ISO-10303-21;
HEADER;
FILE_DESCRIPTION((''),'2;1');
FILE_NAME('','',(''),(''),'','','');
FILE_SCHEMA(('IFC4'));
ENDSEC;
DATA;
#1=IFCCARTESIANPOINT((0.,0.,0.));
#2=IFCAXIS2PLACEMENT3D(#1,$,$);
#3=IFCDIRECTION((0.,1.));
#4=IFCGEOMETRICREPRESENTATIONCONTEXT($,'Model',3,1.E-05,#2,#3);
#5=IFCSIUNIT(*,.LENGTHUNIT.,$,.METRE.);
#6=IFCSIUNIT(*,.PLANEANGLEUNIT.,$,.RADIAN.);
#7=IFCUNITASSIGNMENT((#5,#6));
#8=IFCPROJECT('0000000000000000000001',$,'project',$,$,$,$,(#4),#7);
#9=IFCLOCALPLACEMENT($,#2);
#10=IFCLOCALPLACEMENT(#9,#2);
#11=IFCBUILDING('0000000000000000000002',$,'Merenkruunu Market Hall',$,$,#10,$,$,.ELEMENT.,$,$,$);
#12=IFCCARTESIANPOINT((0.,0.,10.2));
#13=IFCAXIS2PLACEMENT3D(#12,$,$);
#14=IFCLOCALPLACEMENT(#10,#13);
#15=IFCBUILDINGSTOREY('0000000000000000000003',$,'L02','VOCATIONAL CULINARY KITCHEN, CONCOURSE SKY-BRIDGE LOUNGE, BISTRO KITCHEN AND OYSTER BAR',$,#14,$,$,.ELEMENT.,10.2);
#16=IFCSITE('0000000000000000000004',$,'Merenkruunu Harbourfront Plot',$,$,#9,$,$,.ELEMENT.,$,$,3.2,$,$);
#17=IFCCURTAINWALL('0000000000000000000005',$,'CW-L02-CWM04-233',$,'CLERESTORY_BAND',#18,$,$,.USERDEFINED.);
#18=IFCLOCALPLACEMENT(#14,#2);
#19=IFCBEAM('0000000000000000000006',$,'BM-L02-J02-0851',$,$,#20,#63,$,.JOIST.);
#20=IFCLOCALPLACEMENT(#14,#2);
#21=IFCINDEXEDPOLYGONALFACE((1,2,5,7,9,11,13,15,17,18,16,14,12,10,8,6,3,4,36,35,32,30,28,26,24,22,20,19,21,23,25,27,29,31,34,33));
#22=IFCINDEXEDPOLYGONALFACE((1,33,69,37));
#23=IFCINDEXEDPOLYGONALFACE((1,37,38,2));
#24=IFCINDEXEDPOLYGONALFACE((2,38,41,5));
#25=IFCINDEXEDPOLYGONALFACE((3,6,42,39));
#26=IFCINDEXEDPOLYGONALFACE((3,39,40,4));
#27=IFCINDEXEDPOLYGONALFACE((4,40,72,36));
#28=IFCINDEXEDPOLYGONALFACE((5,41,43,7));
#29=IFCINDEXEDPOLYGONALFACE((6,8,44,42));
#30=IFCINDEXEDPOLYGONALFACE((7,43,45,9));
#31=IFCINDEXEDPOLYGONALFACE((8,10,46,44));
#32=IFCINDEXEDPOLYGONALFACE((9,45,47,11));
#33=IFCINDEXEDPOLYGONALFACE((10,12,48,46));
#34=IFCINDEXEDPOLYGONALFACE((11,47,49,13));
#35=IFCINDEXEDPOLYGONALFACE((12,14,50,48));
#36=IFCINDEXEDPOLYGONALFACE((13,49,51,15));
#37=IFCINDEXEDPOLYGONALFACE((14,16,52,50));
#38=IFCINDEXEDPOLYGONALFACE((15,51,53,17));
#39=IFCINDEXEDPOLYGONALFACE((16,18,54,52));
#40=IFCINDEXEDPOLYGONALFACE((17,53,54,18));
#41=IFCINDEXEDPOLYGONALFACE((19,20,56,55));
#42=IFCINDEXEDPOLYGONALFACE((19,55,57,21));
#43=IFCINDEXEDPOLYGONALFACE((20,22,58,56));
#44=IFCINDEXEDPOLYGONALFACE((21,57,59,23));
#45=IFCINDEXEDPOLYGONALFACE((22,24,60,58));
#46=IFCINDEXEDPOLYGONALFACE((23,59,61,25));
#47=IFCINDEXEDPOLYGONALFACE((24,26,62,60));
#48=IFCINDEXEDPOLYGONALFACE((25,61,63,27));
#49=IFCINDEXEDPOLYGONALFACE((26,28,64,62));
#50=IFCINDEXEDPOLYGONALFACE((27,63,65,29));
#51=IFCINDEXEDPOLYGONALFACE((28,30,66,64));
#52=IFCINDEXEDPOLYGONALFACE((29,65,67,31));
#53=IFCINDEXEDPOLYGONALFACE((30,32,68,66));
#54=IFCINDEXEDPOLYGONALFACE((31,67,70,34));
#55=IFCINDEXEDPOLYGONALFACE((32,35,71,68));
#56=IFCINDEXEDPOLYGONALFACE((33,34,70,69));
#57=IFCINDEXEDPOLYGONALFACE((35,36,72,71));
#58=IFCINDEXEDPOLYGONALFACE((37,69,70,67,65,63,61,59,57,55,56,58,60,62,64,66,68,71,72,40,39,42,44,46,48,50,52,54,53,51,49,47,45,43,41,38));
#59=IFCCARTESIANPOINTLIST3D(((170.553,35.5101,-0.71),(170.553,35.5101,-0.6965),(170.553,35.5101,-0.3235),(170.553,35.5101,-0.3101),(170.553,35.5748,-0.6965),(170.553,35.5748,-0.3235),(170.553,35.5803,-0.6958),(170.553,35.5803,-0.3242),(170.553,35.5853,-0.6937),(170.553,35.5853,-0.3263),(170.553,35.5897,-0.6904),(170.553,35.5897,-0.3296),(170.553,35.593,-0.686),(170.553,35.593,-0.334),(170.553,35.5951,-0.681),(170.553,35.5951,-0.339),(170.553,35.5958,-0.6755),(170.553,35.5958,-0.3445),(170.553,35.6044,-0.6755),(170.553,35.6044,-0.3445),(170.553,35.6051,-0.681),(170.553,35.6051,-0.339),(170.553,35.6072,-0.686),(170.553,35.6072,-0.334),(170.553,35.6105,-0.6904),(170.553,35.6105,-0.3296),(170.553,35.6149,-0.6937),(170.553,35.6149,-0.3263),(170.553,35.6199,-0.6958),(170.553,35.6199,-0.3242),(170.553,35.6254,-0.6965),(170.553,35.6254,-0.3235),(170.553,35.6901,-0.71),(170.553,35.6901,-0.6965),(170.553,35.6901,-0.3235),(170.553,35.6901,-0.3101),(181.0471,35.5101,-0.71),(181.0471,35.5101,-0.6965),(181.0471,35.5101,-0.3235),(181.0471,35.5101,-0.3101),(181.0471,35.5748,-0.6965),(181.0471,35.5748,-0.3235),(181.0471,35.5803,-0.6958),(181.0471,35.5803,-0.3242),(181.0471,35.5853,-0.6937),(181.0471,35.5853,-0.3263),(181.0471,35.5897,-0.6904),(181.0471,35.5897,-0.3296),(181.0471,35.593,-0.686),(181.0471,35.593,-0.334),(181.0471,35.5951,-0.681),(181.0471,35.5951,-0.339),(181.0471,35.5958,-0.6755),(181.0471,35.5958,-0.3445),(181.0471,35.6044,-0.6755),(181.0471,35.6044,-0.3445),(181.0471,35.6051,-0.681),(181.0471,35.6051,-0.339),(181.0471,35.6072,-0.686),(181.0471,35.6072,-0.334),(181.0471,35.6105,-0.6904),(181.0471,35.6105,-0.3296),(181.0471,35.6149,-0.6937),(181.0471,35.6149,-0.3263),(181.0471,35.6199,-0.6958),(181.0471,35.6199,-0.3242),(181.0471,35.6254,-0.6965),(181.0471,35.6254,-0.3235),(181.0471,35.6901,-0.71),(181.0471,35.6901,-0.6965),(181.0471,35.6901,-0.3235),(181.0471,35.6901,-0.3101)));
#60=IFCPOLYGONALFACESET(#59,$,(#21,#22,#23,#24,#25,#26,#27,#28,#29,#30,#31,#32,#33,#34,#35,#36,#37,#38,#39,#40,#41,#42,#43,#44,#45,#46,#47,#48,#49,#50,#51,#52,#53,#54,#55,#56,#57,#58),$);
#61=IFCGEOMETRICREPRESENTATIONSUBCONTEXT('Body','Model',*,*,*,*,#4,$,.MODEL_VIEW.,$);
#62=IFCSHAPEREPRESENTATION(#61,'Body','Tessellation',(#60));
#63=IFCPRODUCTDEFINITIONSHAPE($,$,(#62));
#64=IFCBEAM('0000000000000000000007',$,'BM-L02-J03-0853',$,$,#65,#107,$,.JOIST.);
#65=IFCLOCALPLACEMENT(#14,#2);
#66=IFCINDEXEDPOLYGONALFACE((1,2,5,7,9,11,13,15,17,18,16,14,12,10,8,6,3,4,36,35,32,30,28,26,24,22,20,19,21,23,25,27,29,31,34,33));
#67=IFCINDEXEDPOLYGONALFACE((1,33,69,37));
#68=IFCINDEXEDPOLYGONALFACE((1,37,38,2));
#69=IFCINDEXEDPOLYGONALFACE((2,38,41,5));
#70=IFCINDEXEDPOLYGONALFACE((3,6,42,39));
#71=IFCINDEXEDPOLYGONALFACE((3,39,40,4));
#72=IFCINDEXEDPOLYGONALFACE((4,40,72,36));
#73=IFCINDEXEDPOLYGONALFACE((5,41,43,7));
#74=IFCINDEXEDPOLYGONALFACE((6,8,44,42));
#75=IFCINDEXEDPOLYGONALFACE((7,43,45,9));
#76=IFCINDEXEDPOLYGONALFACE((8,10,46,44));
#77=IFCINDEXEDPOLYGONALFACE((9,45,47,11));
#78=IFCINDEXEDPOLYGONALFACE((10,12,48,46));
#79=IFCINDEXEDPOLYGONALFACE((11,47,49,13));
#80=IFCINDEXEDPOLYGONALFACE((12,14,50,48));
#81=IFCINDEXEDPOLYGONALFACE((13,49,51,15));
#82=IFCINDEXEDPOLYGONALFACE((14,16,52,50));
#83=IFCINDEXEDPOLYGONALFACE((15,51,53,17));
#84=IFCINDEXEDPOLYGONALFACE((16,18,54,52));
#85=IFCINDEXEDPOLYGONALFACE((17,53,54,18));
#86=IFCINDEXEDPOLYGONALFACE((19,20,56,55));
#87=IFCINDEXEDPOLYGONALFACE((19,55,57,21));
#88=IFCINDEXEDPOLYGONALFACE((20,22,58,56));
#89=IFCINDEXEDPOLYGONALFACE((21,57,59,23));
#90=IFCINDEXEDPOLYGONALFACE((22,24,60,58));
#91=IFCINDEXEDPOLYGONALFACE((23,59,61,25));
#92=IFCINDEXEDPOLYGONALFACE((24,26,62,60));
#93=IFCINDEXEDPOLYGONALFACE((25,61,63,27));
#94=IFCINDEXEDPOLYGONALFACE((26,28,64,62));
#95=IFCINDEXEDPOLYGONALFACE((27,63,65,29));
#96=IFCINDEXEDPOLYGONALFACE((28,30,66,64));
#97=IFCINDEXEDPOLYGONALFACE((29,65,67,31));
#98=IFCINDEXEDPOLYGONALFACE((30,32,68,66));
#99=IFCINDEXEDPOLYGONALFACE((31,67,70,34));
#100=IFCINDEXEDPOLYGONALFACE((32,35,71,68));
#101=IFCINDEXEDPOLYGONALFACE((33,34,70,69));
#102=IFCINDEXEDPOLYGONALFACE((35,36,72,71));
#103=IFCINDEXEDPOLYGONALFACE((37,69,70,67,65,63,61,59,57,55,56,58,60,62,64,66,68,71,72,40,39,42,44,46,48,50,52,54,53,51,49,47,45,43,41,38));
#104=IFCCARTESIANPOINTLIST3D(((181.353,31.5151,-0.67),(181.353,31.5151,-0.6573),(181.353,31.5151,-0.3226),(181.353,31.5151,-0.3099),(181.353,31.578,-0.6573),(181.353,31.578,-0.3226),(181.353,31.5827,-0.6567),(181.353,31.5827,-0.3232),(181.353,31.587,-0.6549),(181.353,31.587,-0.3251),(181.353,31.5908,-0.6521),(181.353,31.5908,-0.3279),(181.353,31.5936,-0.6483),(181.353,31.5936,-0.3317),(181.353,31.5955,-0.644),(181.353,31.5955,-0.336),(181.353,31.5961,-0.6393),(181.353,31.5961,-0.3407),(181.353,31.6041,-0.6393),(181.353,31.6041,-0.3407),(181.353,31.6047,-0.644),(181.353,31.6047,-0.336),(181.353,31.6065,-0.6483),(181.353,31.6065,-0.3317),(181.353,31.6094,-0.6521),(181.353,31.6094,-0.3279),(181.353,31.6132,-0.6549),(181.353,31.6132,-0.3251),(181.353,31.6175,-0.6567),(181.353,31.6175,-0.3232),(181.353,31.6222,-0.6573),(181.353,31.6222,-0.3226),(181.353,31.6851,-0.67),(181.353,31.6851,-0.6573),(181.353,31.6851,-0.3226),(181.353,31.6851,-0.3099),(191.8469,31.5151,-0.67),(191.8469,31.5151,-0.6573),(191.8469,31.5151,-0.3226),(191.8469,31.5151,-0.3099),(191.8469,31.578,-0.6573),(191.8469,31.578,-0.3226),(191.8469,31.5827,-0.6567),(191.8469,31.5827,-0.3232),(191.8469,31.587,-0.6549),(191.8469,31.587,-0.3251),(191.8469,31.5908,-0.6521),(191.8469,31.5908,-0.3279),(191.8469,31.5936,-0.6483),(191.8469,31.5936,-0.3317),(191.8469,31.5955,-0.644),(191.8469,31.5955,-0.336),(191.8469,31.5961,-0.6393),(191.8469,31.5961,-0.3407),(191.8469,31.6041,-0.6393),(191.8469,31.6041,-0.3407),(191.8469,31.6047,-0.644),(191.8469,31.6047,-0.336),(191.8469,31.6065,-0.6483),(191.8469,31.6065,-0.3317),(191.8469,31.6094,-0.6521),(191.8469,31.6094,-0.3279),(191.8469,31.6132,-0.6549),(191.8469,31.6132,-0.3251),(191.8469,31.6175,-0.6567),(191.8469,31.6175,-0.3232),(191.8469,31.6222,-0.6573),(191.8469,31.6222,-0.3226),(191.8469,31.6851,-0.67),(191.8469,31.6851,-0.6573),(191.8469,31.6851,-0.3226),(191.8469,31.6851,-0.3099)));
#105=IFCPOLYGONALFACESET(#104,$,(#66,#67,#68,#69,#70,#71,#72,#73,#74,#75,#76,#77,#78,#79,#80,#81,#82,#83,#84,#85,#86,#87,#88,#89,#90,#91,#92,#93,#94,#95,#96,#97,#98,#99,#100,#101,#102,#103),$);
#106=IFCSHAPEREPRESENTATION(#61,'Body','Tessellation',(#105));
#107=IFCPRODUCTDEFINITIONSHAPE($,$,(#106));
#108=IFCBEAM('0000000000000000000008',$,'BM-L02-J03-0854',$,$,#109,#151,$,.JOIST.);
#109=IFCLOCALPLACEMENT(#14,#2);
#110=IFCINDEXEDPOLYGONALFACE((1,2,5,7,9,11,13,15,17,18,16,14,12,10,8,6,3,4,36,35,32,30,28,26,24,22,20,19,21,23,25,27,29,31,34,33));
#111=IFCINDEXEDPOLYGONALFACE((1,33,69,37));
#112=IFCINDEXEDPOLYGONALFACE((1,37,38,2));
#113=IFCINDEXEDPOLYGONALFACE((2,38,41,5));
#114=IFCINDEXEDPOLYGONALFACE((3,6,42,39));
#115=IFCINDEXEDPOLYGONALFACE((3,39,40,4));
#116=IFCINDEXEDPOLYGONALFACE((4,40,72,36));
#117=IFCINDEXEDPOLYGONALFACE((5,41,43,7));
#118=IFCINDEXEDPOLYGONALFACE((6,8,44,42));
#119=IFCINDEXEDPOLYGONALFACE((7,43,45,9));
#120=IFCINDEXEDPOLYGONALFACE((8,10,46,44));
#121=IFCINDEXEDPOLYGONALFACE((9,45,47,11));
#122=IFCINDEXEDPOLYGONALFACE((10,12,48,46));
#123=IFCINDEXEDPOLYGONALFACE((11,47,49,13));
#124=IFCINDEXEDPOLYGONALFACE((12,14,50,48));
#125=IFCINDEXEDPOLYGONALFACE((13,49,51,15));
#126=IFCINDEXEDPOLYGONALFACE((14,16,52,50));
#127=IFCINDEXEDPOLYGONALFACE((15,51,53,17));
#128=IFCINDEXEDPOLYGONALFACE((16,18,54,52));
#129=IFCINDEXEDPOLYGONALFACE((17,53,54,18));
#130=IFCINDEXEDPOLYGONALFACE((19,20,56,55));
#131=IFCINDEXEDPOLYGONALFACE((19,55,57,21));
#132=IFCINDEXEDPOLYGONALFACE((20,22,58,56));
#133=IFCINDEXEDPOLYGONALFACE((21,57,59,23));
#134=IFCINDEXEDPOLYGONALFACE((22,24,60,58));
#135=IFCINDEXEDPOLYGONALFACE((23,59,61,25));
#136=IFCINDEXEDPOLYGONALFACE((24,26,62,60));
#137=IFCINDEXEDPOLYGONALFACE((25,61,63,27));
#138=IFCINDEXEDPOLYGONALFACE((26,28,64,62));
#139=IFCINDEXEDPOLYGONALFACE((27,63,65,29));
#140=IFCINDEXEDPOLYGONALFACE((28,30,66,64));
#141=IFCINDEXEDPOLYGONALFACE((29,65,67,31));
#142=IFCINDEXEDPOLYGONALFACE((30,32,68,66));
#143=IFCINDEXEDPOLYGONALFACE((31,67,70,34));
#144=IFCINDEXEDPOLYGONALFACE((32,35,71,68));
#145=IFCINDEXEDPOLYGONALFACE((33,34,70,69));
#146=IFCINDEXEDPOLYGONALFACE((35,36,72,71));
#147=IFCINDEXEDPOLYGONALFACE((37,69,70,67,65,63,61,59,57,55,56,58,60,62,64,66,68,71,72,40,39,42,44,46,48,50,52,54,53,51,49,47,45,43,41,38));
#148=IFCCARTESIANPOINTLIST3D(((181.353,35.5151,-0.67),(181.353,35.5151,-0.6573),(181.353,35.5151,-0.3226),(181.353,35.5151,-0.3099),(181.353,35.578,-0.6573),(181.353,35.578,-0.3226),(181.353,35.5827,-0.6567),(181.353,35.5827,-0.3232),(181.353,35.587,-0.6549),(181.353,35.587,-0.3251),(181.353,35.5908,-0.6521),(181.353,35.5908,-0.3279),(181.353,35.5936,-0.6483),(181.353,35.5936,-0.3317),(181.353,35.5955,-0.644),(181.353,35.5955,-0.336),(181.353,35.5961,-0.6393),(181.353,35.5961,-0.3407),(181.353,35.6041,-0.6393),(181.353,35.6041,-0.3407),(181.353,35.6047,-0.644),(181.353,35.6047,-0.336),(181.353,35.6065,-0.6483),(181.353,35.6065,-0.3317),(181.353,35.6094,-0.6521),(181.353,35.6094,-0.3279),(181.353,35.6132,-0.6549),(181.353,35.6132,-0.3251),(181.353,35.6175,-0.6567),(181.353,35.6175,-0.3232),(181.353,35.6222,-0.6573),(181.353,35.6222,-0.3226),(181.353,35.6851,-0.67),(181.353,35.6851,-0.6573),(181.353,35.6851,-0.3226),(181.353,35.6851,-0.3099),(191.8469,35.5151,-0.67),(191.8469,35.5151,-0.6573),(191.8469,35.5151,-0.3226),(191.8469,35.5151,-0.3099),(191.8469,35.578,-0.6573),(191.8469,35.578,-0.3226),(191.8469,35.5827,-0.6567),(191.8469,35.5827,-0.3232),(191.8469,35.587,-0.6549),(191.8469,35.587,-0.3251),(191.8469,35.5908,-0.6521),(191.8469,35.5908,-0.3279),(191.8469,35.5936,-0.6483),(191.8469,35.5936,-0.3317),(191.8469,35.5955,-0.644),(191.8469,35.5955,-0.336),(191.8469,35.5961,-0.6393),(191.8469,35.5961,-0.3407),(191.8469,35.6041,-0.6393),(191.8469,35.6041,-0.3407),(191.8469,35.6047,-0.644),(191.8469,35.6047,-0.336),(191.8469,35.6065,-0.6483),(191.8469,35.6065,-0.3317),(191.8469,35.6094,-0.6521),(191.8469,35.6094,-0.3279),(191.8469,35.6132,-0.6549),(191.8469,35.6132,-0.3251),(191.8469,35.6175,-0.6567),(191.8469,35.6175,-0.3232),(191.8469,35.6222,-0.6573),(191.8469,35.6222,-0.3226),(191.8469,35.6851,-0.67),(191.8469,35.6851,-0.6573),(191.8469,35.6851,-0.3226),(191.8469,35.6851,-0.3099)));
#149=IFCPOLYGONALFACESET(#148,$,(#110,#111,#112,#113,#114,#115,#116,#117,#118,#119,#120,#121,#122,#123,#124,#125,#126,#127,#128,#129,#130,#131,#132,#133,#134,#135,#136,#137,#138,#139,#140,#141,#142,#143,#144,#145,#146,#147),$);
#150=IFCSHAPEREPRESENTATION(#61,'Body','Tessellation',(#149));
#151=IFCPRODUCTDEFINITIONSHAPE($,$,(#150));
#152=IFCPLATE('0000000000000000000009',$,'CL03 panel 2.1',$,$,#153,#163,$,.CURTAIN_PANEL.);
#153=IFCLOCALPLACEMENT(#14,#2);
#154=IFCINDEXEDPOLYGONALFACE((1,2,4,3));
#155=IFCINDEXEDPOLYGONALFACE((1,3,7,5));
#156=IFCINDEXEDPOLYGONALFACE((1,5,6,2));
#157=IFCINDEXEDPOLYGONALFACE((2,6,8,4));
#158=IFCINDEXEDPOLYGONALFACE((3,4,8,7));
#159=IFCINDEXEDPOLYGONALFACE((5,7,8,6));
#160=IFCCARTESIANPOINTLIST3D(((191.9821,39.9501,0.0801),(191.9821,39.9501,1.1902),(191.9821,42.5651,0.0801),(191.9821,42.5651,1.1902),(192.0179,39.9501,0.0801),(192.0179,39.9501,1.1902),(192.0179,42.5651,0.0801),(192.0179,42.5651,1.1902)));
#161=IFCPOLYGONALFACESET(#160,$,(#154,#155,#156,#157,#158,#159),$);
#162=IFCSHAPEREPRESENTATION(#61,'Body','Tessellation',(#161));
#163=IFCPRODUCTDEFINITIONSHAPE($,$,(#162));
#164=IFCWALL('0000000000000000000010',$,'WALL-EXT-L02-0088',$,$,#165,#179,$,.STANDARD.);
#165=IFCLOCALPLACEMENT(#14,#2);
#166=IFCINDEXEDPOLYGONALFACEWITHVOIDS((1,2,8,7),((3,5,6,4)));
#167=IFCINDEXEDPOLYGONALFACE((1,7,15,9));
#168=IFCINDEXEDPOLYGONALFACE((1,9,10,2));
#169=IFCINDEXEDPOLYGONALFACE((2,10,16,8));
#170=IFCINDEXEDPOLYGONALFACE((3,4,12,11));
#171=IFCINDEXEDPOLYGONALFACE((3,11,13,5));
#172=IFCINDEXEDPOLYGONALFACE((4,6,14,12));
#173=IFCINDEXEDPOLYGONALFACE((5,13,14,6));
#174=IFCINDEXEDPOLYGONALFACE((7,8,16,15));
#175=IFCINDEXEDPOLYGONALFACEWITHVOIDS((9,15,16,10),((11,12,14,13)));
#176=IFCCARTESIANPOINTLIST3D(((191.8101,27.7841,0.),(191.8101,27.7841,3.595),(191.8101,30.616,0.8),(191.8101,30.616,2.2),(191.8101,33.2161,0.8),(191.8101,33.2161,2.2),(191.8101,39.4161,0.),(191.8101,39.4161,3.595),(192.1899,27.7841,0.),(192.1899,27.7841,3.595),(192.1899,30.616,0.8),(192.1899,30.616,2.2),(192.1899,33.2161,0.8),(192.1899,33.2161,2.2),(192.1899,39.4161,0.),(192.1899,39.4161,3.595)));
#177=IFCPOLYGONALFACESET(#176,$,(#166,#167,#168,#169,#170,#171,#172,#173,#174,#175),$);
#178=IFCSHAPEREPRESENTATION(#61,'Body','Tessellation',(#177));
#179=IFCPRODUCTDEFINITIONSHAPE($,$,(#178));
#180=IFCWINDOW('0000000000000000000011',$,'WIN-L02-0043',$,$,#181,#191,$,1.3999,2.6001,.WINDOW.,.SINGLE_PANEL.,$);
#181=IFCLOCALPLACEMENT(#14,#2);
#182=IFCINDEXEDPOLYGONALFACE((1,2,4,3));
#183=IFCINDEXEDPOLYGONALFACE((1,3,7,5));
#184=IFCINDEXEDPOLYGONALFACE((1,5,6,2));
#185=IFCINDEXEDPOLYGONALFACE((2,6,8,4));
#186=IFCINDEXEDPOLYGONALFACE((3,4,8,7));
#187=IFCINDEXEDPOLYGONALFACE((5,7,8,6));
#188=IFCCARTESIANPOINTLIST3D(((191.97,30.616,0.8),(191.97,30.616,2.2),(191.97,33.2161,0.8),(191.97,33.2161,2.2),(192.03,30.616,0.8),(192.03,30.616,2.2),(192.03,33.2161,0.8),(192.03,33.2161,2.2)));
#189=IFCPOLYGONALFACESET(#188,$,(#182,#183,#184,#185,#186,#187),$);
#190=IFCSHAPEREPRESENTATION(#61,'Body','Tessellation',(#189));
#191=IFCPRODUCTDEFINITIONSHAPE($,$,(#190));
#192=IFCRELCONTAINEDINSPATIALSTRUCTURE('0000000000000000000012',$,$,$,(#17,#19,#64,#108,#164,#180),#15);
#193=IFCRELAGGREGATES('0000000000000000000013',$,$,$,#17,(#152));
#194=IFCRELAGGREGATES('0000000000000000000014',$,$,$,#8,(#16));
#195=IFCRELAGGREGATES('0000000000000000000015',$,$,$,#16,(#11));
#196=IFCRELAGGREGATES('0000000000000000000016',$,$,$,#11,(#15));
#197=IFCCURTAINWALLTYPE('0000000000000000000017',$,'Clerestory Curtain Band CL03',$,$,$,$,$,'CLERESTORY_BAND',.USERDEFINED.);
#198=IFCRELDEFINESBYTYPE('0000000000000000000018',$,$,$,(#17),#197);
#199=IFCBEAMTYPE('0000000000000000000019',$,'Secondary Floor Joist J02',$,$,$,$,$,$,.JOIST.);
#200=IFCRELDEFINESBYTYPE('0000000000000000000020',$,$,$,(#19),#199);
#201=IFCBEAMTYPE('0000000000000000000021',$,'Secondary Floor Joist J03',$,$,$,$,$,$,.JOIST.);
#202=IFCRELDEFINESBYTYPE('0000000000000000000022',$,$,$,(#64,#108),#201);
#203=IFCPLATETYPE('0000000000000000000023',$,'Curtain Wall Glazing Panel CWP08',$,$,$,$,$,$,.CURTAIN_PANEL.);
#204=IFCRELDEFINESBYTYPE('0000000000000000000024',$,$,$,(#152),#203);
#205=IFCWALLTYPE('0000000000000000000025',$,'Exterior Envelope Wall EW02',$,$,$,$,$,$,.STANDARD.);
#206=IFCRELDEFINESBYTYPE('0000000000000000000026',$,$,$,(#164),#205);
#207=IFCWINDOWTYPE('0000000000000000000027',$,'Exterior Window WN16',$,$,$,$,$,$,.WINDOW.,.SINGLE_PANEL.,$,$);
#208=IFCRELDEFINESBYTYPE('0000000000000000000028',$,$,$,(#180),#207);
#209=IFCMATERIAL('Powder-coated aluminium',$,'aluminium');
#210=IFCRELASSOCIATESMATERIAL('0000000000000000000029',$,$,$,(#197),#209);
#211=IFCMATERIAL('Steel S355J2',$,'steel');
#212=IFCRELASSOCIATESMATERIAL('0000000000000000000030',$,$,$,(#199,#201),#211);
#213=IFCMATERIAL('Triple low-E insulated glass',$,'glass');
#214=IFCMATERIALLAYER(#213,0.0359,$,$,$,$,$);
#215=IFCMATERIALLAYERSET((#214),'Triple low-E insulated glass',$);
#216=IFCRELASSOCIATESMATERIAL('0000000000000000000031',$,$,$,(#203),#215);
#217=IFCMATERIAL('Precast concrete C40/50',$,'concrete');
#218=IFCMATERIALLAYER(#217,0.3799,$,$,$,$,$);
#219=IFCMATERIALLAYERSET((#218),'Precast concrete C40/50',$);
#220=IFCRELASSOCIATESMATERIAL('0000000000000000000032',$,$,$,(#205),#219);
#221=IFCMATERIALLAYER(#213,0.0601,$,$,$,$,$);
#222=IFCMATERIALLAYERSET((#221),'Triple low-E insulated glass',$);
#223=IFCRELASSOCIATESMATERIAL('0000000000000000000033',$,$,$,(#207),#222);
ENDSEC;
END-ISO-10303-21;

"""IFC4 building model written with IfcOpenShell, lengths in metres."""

from ifc_helpers import new_model, si_unit, direction, frame, frame_2d, origin, origin_2d, place, context, subcontext, project, spatial, rectangle, i_section, extrude, material, layer, layer_set, material_profile, profile_set, type_object, element, fill, aggregate, save


model = new_model("IFC4")

# Units and contexts
model_context = context("Model", 3, precision=1e-05, world=origin(), true_north=direction((0.0, 1.0)))
body_context = subcontext(model_context, "Body", "Model", "MODEL_VIEW")
ifc_project = project(units=[si_unit("LENGTHUNIT", "METRE"), si_unit("PLANEANGLEUNIT", "RADIAN")], contexts=[model_context])

# Site, building, storey
site_placement = place(None, origin())
site = spatial("IfcSite", under=ifc_project, at=site_placement, Name="Merenkruunu Harbourfront Plot", CompositionType="ELEMENT", RefElevation=3.2)
building_placement = place(site_placement, origin())
building = spatial("IfcBuilding", under=site, at=building_placement, Name="Merenkruunu Market Hall", CompositionType="ELEMENT")
storey_placement = place(building_placement, frame((0.0, 0.0, 10.2)))
storey = spatial("IfcBuildingStorey", under=building, at=storey_placement, Name="L02", Description="VOCATIONAL CULINARY KITCHEN, CONCOURSE SKY-BRIDGE LOUNGE, BISTRO KITCHEN AND OYSTER BAR", CompositionType="ELEMENT", Elevation=10.2)

# Shared definitions
ifc_material_1 = material(Name="Steel S355J2", Category="steel")

# Curtain wall
ifc_material_2 = material(Name="Powder-coated aluminium", Category="aluminium")
curtain_wall_type = type_object("IfcCurtainWallType", Name="Clerestory Curtain Band CL03", ElementType="CLERESTORY_BAND", PredefinedType="USERDEFINED", material=ifc_material_2)
curtain_wall_placement = place(storey_placement, origin())
curtain_wall = element("IfcCurtainWall", 1, at=curtain_wall_placement, inside=storey, type_object=curtain_wall_type, Name="CW-L02-CWM04-233", ObjectType="CLERESTORY_BAND", PredefinedType="USERDEFINED")

# Beams
ifc_material_profile_1 = material_profile(ifc_material_1, i_section(OverallWidth=0.1799, OverallDepth=0.3999, WebThickness=0.0085, FlangeThickness=0.0134, FilletRadius=0.021, at=origin_2d()), Name="IPE 400")
ifc_profile_set_1 = profile_set([ifc_material_profile_1], Name="Steel S355J2")
beam_type_1 = type_object("IfcBeamType", Name="Secondary Floor Joist J02", PredefinedType="JOIST", material=ifc_profile_set_1)
for number, where, z_axis, x_axis, name in (
    (2, (170.553, 35.6001, -0.51), (1.0, 0.0, 0.0), (0.0, 1.0, 0.0), "BM-L02-J02-0851"),
):
    element("IfcBeam", number, at=place(storey_placement, frame(where, z_axis=z_axis, x_axis=x_axis)), inside=storey, type_object=beam_type_1, Name=name, PredefinedType="JOIST", context=body_context, shape_type="SweptSolid", body=[
        extrude(i_section(OverallWidth=0.1799, OverallDepth=0.3999, WebThickness=0.0085, FlangeThickness=0.0134, FilletRadius=0.021, at=origin_2d()), origin(), (0.0, 0.0, 1.0), 10.4941),
    ])
ifc_material_profile_2 = material_profile(ifc_material_1, i_section(OverallWidth=0.1699, OverallDepth=0.3601, WebThickness=0.0081, FlangeThickness=0.0127, FilletRadius=0.0181, at=origin_2d()), Name="IPE 360")
ifc_profile_set_2 = profile_set([ifc_material_profile_2], Name="Steel S355J2")
beam_type_2 = type_object("IfcBeamType", Name="Secondary Floor Joist J03", PredefinedType="JOIST", material=ifc_profile_set_2)
for number, where, z_axis, x_axis, name in (
    (3, (181.353, 31.6001, -0.49), (1.0, 0.0, 0.0), (0.0, 1.0, 0.0), "BM-L02-J03-0853"),
    (4, (181.353, 35.6001, -0.49), (1.0, 0.0, 0.0), (0.0, 1.0, 0.0), "BM-L02-J03-0854"),
):
    element("IfcBeam", number, at=place(storey_placement, frame(where, z_axis=z_axis, x_axis=x_axis)), inside=storey, type_object=beam_type_2, Name=name, PredefinedType="JOIST", context=body_context, shape_type="SweptSolid", body=[
        extrude(i_section(OverallWidth=0.1699, OverallDepth=0.3601, WebThickness=0.0081, FlangeThickness=0.0127, FilletRadius=0.0181, at=origin_2d()), origin(), (0.0, 0.0, 1.0), 10.4939),
    ])

# Plate
ifc_material_3 = material(Name="Triple low-E insulated glass", Category="glass")
ifc_layer_1 = layer(ifc_material_3, 0.0359)
ifc_layer_set_1 = layer_set([ifc_layer_1], Name="Triple low-E insulated glass")
plate_type = type_object("IfcPlateType", Name="Curtain Wall Glazing Panel CWP08", PredefinedType="CURTAIN_PANEL", material=ifc_layer_set_1)
plate_placement = place(storey_placement, frame((192.0, 41.2576, 0.0801), z_axis=(0.0, 0.0, 1.0), x_axis=(0.0, -1.0, 0.0)))
plate = element("IfcPlate", 5, at=plate_placement, type_object=plate_type, Name="CL03 panel 2.1", PredefinedType="CURTAIN_PANEL", context=body_context, shape_type="SweptSolid", body=[
    extrude(rectangle(XDim=2.615, YDim=0.0359, at=origin_2d()), origin(), (0.0, 0.0, 1.0), 1.1101),
])
aggregate(curtain_wall, [plate])

# Wall, opening, window
ifc_material_4 = material(Name="Precast concrete C40/50", Category="concrete")
ifc_layer_2 = layer(ifc_material_4, 0.3799)
ifc_layer_set_2 = layer_set([ifc_layer_2], Name="Precast concrete C40/50")
wall_type_1 = type_object("IfcWallType", Name="Exterior Envelope Wall EW02", PredefinedType="STANDARD", material=ifc_layer_set_2)
wall_1_placement = place(storey_placement, frame((192.0, 39.416, 0.0), z_axis=(0.0, 0.0, 1.0), x_axis=(0.0, -1.0, 0.0)))
wall_1 = element("IfcWall", 6, at=wall_1_placement, inside=storey, type_object=wall_type_1, Name="WALL-EXT-L02-0088", PredefinedType="STANDARD", context=body_context, shape_type="SweptSolid", body=[
    extrude(rectangle(XDim=11.6321, YDim=0.3799, at=frame_2d((5.8159, 0.0))), origin(), (0.0, 0.0, 1.0), 3.595),
])
opening_1_placement = place(wall_1_placement, frame((6.2, 0.0, 0.8)))
opening_1 = element("IfcOpeningElement", 7, at=opening_1_placement, cuts=wall_1, PredefinedType="OPENING", context=body_context, shape_type="SweptSolid", body=[
    extrude(rectangle(XDim=2.6001, YDim=1.3999, at=frame_2d((1.3, 0.7))), frame((0.0, 0.2, 0.0), z_axis=(0.0, -1.0, 0.0), x_axis=(1.0, 0.0, 0.0)), (0.0, 0.0, 1.0), 0.3999),
])
ifc_layer_3 = layer(ifc_material_3, 0.0601)
ifc_layer_set_3 = layer_set([ifc_layer_3], Name="Triple low-E insulated glass")
window_type_1 = type_object("IfcWindowType", Name="Exterior Window WN16", PartitioningType="SINGLE_PANEL", PredefinedType="WINDOW", material=ifc_layer_set_3)
window_1_placement = place(opening_1_placement, origin())
window_1 = element("IfcWindow", 8, at=window_1_placement, inside=storey, type_object=window_type_1, Name="WIN-L02-0043", OverallHeight=1.3999, OverallWidth=2.6001, PartitioningType="SINGLE_PANEL", PredefinedType="WINDOW", context=body_context, shape_type="SweptSolid", body=[
    extrude(rectangle(XDim=2.6001, YDim=1.3999, at=frame_2d((1.3, 0.7))), frame((0.0, 0.03, 0.0), z_axis=(0.0, -1.0, 0.0), x_axis=(1.0, 0.0, 0.0)), (0.0, 0.0, 1.0), 0.0601),
])
fill(opening_1, window_1)

save(model, "model.ifc")
